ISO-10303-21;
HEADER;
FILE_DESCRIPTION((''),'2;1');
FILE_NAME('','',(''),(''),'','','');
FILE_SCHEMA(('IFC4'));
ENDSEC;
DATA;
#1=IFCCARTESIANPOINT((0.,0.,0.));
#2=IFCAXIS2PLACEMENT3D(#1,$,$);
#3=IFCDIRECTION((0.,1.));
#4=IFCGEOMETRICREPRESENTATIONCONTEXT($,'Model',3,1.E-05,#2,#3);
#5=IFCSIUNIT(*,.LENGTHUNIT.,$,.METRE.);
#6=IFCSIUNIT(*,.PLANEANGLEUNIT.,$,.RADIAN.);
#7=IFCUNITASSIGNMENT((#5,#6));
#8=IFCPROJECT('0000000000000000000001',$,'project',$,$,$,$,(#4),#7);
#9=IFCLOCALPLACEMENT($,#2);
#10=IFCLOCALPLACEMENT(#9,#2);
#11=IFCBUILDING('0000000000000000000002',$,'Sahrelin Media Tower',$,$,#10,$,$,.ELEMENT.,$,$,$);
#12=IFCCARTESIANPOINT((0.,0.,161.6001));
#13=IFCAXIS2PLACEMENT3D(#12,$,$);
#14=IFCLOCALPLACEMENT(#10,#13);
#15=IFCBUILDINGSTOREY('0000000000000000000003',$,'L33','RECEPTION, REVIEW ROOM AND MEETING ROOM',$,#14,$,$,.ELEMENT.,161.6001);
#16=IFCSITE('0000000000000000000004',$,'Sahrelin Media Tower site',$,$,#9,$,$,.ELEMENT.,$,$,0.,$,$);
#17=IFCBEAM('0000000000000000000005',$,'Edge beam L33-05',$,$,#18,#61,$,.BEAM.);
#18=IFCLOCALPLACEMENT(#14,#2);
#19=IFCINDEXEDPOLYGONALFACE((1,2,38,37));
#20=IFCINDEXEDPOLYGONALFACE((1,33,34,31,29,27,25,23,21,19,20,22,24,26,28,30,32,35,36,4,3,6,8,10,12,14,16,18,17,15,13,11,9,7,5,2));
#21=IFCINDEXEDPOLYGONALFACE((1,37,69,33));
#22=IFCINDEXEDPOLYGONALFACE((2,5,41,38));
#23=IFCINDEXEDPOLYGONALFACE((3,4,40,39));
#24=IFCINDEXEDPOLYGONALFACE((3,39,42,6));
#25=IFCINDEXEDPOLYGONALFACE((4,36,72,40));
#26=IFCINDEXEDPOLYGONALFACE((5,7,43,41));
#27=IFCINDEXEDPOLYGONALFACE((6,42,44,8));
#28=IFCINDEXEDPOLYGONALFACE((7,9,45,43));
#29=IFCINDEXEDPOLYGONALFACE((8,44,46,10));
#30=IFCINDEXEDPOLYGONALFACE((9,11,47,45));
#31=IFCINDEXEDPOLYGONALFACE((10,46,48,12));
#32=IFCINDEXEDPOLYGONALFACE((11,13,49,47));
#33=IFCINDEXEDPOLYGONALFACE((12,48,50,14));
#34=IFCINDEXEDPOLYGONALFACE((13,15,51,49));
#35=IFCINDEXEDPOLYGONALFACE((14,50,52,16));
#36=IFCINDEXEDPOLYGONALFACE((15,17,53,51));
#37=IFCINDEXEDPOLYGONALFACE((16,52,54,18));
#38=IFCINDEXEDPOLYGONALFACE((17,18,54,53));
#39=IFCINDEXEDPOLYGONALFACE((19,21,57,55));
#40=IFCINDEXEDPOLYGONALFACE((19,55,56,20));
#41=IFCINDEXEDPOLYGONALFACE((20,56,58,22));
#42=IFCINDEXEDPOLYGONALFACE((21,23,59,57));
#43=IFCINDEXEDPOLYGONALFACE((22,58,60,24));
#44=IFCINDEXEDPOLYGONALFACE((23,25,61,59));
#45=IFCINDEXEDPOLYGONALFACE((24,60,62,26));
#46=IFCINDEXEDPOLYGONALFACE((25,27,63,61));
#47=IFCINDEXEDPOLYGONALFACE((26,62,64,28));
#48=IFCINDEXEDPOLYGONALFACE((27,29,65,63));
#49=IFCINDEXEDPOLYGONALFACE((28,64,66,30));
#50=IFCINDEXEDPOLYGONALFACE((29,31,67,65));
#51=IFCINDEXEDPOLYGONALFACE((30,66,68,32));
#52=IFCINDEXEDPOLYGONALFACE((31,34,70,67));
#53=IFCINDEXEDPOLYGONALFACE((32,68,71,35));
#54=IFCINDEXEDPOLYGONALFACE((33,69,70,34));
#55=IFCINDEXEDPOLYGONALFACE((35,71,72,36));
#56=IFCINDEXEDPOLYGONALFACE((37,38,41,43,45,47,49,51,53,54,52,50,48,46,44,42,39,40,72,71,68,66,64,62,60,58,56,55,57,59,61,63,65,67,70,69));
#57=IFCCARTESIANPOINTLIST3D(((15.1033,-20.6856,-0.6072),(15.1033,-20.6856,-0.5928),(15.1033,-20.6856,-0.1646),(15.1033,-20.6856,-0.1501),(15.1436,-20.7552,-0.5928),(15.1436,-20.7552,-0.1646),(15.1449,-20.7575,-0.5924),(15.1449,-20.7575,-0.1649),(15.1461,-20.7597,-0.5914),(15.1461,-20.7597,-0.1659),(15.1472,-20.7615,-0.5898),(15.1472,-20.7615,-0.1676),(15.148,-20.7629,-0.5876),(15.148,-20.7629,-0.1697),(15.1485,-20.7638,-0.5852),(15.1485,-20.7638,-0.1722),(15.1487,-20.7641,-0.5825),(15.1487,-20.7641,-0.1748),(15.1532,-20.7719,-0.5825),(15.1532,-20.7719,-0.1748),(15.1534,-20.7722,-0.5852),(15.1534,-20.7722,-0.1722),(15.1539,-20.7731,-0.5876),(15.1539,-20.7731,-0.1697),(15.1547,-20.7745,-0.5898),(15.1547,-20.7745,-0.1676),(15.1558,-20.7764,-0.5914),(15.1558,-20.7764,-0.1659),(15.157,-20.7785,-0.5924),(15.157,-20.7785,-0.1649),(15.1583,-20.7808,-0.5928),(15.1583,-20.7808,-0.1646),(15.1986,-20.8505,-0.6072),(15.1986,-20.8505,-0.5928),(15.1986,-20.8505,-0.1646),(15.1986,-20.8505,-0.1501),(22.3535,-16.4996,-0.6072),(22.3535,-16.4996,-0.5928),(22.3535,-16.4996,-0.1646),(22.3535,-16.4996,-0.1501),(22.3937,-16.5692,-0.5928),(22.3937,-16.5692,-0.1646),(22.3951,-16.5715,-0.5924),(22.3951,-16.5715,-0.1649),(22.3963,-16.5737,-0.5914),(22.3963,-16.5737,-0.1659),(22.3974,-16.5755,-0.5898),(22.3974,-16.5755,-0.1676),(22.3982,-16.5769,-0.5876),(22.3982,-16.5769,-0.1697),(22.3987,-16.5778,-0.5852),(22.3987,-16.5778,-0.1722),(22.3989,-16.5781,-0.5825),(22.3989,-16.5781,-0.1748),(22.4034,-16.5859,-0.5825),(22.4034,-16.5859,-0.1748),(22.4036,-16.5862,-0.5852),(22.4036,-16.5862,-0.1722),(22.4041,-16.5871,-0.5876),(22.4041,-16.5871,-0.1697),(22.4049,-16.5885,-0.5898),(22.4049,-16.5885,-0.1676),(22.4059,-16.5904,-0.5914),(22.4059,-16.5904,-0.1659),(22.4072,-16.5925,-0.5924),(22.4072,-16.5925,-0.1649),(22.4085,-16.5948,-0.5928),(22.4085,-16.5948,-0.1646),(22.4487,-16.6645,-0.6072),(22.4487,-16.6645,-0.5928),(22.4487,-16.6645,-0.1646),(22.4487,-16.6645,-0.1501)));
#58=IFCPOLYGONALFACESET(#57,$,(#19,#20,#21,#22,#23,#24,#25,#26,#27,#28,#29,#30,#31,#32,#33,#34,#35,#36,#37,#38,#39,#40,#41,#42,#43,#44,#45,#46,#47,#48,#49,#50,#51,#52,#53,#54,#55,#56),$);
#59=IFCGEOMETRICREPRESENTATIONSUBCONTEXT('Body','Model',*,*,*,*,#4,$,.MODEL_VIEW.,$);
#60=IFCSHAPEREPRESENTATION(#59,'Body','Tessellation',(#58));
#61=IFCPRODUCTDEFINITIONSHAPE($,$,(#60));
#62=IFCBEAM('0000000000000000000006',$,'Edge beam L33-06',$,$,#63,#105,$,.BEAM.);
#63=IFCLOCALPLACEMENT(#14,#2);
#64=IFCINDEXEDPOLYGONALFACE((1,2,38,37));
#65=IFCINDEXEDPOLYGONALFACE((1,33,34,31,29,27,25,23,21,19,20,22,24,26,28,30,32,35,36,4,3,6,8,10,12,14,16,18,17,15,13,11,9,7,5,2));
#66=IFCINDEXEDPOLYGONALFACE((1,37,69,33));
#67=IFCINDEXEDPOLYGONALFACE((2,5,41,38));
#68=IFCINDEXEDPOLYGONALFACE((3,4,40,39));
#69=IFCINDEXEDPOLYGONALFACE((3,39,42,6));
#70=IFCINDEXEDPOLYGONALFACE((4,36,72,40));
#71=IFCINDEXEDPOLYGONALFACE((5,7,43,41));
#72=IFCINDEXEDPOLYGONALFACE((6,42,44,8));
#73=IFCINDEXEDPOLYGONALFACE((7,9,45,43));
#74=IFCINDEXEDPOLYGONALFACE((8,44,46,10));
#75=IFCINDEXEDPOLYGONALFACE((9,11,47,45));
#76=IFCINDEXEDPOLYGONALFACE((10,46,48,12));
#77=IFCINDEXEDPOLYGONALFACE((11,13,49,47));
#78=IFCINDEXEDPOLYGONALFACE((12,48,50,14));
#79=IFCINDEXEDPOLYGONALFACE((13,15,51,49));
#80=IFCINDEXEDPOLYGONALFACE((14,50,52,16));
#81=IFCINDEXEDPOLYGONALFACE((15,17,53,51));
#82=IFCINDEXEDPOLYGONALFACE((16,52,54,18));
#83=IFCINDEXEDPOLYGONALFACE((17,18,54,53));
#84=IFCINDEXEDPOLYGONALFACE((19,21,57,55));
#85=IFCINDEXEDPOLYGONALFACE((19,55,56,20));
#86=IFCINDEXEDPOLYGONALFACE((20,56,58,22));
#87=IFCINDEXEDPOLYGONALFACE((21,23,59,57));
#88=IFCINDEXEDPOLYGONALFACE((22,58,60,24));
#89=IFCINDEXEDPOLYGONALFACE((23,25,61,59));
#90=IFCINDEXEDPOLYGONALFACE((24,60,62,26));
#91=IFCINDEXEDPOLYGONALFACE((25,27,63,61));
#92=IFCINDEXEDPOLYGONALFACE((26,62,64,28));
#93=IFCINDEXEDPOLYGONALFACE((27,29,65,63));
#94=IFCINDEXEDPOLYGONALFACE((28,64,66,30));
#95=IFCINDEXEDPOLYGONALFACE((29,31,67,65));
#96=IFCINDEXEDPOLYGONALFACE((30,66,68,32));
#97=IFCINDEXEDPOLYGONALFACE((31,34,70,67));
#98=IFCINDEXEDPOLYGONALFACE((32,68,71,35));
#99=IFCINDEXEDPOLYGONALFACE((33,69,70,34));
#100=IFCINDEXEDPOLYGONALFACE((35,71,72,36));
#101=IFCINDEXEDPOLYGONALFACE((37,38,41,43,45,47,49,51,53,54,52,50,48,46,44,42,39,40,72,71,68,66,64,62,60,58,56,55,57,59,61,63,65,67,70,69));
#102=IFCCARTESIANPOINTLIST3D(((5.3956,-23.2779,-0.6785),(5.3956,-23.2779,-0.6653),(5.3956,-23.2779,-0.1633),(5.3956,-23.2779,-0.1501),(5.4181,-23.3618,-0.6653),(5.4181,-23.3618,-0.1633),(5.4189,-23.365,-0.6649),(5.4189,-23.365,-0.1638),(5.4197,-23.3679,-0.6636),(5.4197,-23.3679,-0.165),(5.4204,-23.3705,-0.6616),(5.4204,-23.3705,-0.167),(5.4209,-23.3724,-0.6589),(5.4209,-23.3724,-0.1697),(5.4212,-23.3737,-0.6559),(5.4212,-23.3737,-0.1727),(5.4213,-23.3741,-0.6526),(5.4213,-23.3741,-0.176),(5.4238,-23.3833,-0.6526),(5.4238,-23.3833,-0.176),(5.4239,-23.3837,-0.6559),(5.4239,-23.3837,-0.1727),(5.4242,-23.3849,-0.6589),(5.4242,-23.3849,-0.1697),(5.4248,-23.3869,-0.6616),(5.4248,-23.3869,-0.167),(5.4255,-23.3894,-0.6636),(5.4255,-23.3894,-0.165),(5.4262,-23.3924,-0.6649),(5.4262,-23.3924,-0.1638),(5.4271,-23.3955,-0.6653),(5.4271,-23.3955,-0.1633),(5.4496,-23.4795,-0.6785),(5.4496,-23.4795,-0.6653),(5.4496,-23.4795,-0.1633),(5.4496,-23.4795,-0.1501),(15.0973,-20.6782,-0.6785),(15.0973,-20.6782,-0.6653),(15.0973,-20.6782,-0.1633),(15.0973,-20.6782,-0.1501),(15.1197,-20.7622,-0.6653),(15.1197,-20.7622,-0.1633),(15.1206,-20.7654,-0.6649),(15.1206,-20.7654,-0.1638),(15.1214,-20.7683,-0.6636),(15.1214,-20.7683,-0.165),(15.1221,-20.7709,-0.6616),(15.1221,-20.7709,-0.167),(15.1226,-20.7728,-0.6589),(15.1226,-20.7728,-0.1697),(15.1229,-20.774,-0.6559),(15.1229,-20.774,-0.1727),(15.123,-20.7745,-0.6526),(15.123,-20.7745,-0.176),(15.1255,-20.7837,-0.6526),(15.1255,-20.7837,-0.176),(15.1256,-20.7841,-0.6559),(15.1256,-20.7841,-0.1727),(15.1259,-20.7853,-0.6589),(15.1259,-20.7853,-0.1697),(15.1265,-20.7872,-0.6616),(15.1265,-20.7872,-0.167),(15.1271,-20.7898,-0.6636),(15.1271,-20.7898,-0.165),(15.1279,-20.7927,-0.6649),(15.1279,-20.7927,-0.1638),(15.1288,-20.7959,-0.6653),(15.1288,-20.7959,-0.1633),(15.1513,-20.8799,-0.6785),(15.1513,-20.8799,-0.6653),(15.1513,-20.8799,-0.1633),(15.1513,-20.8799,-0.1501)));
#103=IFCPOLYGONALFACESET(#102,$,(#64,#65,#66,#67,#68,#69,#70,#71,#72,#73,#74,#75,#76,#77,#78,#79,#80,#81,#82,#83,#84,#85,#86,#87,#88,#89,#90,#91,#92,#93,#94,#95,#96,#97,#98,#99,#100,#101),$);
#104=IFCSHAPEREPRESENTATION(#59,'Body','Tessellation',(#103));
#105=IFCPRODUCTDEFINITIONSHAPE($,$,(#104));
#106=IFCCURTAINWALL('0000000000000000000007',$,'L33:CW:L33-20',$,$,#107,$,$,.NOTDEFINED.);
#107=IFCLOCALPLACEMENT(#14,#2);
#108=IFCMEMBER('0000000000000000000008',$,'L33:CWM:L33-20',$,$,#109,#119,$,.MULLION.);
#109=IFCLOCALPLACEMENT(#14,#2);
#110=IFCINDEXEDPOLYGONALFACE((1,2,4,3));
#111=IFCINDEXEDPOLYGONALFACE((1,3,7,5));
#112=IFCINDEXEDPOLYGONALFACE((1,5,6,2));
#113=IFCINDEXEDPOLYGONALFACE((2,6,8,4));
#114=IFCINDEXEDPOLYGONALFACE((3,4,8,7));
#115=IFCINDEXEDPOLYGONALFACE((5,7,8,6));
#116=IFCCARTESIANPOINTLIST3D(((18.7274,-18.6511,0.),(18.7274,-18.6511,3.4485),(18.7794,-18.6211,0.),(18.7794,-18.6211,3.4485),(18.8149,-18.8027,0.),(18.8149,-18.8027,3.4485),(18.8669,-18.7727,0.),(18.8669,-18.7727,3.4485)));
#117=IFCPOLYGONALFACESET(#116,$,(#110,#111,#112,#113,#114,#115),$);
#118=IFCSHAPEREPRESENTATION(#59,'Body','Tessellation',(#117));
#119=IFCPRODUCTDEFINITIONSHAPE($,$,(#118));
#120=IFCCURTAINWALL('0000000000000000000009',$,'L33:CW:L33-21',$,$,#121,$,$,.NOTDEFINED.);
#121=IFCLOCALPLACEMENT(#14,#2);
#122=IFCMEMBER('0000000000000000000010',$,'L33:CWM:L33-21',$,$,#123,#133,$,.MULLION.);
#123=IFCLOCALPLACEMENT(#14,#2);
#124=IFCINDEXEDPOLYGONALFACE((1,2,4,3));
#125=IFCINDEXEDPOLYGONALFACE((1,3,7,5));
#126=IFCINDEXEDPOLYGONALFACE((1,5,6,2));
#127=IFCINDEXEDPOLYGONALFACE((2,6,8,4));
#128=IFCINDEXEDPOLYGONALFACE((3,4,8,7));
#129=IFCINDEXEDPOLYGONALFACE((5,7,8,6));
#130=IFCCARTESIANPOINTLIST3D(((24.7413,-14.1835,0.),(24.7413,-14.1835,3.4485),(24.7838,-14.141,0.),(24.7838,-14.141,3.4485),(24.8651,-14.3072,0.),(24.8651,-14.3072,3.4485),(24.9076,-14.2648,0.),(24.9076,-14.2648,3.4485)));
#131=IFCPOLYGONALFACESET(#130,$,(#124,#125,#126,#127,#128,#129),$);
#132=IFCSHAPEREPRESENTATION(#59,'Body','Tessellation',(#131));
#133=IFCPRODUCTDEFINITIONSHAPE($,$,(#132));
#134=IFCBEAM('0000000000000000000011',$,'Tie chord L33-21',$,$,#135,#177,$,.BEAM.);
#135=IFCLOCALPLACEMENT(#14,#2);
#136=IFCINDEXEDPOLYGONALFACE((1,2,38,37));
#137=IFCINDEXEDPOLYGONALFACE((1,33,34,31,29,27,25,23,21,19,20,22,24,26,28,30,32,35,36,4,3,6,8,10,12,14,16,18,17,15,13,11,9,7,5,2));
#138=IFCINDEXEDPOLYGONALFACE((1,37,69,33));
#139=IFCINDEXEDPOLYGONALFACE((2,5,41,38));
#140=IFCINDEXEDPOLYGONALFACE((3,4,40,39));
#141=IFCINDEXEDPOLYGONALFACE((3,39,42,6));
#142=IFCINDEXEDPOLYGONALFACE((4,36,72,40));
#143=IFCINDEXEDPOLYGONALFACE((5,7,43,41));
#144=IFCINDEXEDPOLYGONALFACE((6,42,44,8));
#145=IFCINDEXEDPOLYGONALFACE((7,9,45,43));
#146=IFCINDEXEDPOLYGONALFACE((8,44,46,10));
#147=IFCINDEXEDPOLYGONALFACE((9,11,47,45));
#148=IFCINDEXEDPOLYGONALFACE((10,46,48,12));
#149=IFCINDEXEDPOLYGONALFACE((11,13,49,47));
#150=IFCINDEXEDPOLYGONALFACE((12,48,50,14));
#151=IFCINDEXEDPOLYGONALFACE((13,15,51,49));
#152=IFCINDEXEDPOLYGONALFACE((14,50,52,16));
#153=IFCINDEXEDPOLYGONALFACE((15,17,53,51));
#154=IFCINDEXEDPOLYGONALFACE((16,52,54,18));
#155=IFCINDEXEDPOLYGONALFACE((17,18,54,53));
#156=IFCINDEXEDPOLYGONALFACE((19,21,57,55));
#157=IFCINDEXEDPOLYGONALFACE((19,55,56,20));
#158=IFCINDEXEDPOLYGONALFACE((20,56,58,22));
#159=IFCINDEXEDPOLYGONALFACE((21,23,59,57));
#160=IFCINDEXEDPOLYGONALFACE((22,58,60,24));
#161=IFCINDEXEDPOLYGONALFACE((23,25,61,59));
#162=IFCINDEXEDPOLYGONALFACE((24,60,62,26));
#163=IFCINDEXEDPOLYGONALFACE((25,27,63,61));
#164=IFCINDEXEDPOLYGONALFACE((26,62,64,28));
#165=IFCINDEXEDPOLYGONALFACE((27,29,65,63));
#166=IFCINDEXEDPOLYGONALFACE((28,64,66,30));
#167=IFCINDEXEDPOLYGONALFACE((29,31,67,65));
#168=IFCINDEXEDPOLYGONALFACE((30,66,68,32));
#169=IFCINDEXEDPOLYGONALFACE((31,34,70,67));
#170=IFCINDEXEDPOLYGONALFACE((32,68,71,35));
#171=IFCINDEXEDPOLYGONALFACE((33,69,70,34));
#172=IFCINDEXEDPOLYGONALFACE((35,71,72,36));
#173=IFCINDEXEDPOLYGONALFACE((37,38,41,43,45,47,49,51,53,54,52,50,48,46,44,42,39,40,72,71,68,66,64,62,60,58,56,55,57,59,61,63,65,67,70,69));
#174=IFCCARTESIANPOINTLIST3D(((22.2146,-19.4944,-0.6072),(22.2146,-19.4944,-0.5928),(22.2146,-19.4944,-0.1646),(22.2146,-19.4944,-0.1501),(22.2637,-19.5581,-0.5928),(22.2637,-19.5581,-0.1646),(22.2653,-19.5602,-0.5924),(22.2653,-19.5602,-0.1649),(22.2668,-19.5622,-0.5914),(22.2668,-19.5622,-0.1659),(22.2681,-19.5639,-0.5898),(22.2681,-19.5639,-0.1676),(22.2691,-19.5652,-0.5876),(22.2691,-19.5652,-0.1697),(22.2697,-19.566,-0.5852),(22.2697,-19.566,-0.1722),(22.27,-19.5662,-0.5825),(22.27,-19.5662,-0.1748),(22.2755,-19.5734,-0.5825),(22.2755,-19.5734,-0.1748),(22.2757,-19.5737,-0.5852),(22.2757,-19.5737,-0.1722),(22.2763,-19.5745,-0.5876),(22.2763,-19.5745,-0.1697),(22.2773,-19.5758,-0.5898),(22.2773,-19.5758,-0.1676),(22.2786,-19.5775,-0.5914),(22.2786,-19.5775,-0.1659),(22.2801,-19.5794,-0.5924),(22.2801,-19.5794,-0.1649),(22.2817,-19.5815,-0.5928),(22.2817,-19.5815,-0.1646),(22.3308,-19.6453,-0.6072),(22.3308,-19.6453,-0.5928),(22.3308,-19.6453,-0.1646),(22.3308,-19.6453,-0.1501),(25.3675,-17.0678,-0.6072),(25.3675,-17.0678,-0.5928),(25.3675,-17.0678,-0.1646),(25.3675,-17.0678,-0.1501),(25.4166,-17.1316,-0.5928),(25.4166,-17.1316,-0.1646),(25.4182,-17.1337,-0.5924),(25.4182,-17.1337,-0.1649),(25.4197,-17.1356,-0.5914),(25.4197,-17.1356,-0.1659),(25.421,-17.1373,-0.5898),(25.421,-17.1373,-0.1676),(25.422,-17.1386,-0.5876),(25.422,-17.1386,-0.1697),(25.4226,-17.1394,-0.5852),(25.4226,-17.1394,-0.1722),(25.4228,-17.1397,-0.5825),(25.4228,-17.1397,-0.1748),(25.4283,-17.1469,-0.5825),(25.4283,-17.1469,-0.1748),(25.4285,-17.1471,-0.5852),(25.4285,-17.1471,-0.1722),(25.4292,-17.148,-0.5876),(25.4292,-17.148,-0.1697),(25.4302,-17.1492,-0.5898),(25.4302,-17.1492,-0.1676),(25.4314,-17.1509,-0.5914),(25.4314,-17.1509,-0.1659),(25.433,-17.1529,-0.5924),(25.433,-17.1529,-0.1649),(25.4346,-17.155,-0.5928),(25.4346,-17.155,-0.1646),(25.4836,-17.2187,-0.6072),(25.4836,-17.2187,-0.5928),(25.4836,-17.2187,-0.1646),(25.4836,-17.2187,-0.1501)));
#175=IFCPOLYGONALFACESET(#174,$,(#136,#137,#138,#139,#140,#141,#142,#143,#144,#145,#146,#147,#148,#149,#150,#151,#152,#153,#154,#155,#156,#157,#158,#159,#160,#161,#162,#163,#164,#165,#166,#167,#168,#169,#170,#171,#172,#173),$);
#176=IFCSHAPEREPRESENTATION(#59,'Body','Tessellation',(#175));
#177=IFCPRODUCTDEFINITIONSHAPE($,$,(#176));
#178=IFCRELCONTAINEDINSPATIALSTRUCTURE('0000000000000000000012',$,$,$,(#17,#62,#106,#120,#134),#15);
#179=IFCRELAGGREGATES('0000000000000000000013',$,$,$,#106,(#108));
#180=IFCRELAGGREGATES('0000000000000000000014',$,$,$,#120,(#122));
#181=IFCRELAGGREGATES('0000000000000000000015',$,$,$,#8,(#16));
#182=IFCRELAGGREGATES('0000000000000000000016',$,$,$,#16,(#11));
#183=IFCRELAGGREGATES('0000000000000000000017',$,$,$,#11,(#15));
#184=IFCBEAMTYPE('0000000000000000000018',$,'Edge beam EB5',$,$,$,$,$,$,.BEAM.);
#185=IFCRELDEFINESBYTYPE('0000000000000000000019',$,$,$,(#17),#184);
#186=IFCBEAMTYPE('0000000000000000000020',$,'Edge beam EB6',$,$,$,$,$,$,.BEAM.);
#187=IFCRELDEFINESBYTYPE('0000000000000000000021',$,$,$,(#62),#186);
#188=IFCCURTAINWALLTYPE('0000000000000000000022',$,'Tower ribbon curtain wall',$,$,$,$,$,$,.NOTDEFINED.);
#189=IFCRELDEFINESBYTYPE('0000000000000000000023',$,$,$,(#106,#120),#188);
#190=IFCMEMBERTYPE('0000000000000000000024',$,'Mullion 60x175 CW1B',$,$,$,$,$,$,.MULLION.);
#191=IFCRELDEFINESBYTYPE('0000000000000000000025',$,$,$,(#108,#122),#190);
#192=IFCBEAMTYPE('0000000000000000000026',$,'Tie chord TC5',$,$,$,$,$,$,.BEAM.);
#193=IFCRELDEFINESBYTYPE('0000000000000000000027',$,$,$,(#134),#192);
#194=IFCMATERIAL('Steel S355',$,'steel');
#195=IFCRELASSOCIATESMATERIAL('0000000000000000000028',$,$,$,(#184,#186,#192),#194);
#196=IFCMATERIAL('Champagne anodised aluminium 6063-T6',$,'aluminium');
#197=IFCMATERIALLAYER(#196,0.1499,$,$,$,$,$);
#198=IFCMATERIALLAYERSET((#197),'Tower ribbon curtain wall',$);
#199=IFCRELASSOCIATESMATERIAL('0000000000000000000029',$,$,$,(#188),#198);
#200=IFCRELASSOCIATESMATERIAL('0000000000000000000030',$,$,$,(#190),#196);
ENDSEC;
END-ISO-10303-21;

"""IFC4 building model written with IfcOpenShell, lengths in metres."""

from ifc_helpers import new_model, si_unit, direction, frame, origin, origin_2d, place, context, subcontext, project, spatial, rectangle, i_section, extrude, material, layer, layer_set, material_profile, profile_set, type_object, element, aggregate, save


model = new_model("IFC4")

# Units and contexts
model_context = context("Model", 3, precision=1e-05, world=origin(), true_north=direction((0.0, 1.0)))
body_context = subcontext(model_context, "Body", "Model", "MODEL_VIEW")
ifc_project = project(units=[si_unit("LENGTHUNIT", "METRE"), si_unit("PLANEANGLEUNIT", "RADIAN")], contexts=[model_context])

# Site, building, storey
site_placement = place(None, origin())
site = spatial("IfcSite", under=ifc_project, at=site_placement, Name="Sahrelin Media Tower site", CompositionType="ELEMENT", RefElevation=0.0)
building_placement = place(site_placement, origin())
building = spatial("IfcBuilding", under=site, at=building_placement, Name="Sahrelin Media Tower", CompositionType="ELEMENT")
storey_placement = place(building_placement, frame((0.0, 0.0, 161.6001)))
storey = spatial("IfcBuildingStorey", under=building, at=storey_placement, Name="L33", Description="RECEPTION, REVIEW ROOM AND MEETING ROOM", CompositionType="ELEMENT", Elevation=161.6001)

# Beams
ifc_material_1 = material(Name="Steel S355", Category="steel")
ifc_material_profile_1 = material_profile(ifc_material_1, i_section(OverallWidth=0.1904, OverallDepth=0.457, WebThickness=0.009, FlangeThickness=0.0144, FilletRadius=0.0103, at=origin_2d()), Name="UB 457x191x74")
ifc_profile_set_1 = profile_set([ifc_material_profile_1], Name="Steel S355")
beam_type_1 = type_object("IfcBeamType", Name="Edge beam EB5", PredefinedType="BEAM", material=ifc_profile_set_1)
beam_1_placement = place(storey_placement, frame((22.4011, -16.582, -0.3787), z_axis=(-0.86602, -0.500009, 0.0), x_axis=(0.500009, -0.86602, 0.0)))
element("IfcBeam", 1, at=beam_1_placement, inside=storey, type_object=beam_type_1, Name="Edge beam L33-05", PredefinedType="BEAM", context=body_context, shape_type="SweptSolid", body=[
    extrude(i_section(OverallWidth=0.1904, OverallDepth=0.457, WebThickness=0.009, FlangeThickness=0.0144, FilletRadius=0.0103, at=origin_2d()), origin(), (0.0, 0.0, 1.0), 8.3718),
])
ifc_material_profile_2 = material_profile(ifc_material_1, i_section(OverallWidth=0.2087, OverallDepth=0.5283, WebThickness=0.0095, FlangeThickness=0.0132, FilletRadius=0.0127, at=origin_2d()), Name="UB 533x210x82")
ifc_profile_set_2 = profile_set([ifc_material_profile_2], Name="Steel S355")
beam_type_2 = type_object("IfcBeamType", Name="Edge beam EB6", PredefinedType="BEAM", material=ifc_profile_set_2)
beam_2_placement = place(storey_placement, frame((15.1243, -20.7791, -0.4143), z_axis=(-0.965924, -0.258824, 0.0), x_axis=(0.258824, -0.965924, 0.0)))
element("IfcBeam", 2, at=beam_2_placement, inside=storey, type_object=beam_type_2, Name="Edge beam L33-06", PredefinedType="BEAM", context=body_context, shape_type="SweptSolid", body=[
    extrude(i_section(OverallWidth=0.2087, OverallDepth=0.5283, WebThickness=0.0095, FlangeThickness=0.0132, FilletRadius=0.0127, at=origin_2d()), origin(), (0.0, 0.0, 1.0), 10.0439),
])

# Curtain walls, members
ifc_material_2 = material(Name="Champagne anodised aluminium 6063-T6", Category="aluminium")
ifc_layer_1 = layer(ifc_material_2, 0.1499)
ifc_layer_set_1 = layer_set([ifc_layer_1], Name="Tower ribbon curtain wall")
curtain_wall_type = type_object("IfcCurtainWallType", Name="Tower ribbon curtain wall", PredefinedType="NOTDEFINED", material=ifc_layer_set_1)
curtain_wall_1_placement = place(storey_placement, frame((18.8511, -18.8049, 0.0), z_axis=(0.0, 0.0, 1.0), x_axis=(1.0, 0.0, 0.0)))
curtain_wall_1 = element("IfcCurtainWall", 3, at=curtain_wall_1_placement, inside=storey, type_object=curtain_wall_type, Name="L33:CW:L33-20", PredefinedType="NOTDEFINED")
ifc_material_profile_3 = material_profile(ifc_material_2, rectangle(XDim=0.0601, YDim=0.175, at=origin_2d()), Name="Mullion 60x175")
ifc_profile_set_3 = profile_set([ifc_material_profile_3], Name="Champagne anodised aluminium 6063-T6")
member_type_1 = type_object("IfcMemberType", Name="Mullion 60x175 CW1B", PredefinedType="MULLION", material=ifc_profile_set_3)
member_1_placement = place(storey_placement, frame((18.7971, -18.7119, 0.0), z_axis=(0.0, 0.0, 1.0), x_axis=(0.866025, 0.5, 0.0)))
member_1 = element("IfcMember", 4, at=member_1_placement, type_object=member_type_1, Name="L33:CWM:L33-20", PredefinedType="MULLION", context=body_context, shape_type="SweptSolid", body=[
    extrude(rectangle(XDim=0.0601, YDim=0.175, at=origin_2d()), origin(), (0.0, 0.0, 1.0), 3.4485),
])
curtain_wall_2_placement = place(storey_placement, frame((24.9004, -14.3, 0.0), z_axis=(0.0, 0.0, 1.0), x_axis=(1.0, 0.0, 0.0)))
curtain_wall_2 = element("IfcCurtainWall", 5, at=curtain_wall_2_placement, inside=storey, type_object=curtain_wall_type, Name="L33:CW:L33-21", PredefinedType="NOTDEFINED")
member_2_placement = place(storey_placement, frame((24.8245, -14.2241, 0.0), z_axis=(0.0, 0.0, 1.0), x_axis=(0.707107, 0.707107, 0.0)))
member_2 = element("IfcMember", 6, at=member_2_placement, type_object=member_type_1, Name="L33:CWM:L33-21", PredefinedType="MULLION", context=body_context, shape_type="SweptSolid", body=[
    extrude(rectangle(XDim=0.0601, YDim=0.175, at=origin_2d()), origin(), (0.0, 0.0, 1.0), 3.4485),
])

# Beam
ifc_material_profile_4 = material_profile(ifc_material_1, i_section(OverallWidth=0.1904, OverallDepth=0.457, WebThickness=0.009, FlangeThickness=0.0144, FilletRadius=0.0103, at=origin_2d()), Name="UB 457x191x74")
ifc_profile_set_4 = profile_set([ifc_material_profile_4], Name="Steel S355")
beam_type_3 = type_object("IfcBeamType", Name="Tie chord TC5", PredefinedType="BEAM", material=ifc_profile_set_4)
beam_3_placement = place(storey_placement, frame((22.2727, -19.5698, -0.3787), z_axis=(0.792471, 0.609909, 0.0), x_axis=(-0.609909, 0.792471, 0.0)))
element("IfcBeam", 7, at=beam_3_placement, inside=storey, type_object=beam_type_3, Name="Tie chord L33-21", PredefinedType="BEAM", context=body_context, shape_type="SweptSolid", body=[
    extrude(i_section(OverallWidth=0.1904, OverallDepth=0.457, WebThickness=0.009, FlangeThickness=0.0144, FilletRadius=0.0103, at=origin_2d()), origin(), (0.0, 0.0, 1.0), 3.9785),
])

aggregate(curtain_wall_1, [member_1])
aggregate(curtain_wall_2, [member_2])

save(model, "model.ifc")
